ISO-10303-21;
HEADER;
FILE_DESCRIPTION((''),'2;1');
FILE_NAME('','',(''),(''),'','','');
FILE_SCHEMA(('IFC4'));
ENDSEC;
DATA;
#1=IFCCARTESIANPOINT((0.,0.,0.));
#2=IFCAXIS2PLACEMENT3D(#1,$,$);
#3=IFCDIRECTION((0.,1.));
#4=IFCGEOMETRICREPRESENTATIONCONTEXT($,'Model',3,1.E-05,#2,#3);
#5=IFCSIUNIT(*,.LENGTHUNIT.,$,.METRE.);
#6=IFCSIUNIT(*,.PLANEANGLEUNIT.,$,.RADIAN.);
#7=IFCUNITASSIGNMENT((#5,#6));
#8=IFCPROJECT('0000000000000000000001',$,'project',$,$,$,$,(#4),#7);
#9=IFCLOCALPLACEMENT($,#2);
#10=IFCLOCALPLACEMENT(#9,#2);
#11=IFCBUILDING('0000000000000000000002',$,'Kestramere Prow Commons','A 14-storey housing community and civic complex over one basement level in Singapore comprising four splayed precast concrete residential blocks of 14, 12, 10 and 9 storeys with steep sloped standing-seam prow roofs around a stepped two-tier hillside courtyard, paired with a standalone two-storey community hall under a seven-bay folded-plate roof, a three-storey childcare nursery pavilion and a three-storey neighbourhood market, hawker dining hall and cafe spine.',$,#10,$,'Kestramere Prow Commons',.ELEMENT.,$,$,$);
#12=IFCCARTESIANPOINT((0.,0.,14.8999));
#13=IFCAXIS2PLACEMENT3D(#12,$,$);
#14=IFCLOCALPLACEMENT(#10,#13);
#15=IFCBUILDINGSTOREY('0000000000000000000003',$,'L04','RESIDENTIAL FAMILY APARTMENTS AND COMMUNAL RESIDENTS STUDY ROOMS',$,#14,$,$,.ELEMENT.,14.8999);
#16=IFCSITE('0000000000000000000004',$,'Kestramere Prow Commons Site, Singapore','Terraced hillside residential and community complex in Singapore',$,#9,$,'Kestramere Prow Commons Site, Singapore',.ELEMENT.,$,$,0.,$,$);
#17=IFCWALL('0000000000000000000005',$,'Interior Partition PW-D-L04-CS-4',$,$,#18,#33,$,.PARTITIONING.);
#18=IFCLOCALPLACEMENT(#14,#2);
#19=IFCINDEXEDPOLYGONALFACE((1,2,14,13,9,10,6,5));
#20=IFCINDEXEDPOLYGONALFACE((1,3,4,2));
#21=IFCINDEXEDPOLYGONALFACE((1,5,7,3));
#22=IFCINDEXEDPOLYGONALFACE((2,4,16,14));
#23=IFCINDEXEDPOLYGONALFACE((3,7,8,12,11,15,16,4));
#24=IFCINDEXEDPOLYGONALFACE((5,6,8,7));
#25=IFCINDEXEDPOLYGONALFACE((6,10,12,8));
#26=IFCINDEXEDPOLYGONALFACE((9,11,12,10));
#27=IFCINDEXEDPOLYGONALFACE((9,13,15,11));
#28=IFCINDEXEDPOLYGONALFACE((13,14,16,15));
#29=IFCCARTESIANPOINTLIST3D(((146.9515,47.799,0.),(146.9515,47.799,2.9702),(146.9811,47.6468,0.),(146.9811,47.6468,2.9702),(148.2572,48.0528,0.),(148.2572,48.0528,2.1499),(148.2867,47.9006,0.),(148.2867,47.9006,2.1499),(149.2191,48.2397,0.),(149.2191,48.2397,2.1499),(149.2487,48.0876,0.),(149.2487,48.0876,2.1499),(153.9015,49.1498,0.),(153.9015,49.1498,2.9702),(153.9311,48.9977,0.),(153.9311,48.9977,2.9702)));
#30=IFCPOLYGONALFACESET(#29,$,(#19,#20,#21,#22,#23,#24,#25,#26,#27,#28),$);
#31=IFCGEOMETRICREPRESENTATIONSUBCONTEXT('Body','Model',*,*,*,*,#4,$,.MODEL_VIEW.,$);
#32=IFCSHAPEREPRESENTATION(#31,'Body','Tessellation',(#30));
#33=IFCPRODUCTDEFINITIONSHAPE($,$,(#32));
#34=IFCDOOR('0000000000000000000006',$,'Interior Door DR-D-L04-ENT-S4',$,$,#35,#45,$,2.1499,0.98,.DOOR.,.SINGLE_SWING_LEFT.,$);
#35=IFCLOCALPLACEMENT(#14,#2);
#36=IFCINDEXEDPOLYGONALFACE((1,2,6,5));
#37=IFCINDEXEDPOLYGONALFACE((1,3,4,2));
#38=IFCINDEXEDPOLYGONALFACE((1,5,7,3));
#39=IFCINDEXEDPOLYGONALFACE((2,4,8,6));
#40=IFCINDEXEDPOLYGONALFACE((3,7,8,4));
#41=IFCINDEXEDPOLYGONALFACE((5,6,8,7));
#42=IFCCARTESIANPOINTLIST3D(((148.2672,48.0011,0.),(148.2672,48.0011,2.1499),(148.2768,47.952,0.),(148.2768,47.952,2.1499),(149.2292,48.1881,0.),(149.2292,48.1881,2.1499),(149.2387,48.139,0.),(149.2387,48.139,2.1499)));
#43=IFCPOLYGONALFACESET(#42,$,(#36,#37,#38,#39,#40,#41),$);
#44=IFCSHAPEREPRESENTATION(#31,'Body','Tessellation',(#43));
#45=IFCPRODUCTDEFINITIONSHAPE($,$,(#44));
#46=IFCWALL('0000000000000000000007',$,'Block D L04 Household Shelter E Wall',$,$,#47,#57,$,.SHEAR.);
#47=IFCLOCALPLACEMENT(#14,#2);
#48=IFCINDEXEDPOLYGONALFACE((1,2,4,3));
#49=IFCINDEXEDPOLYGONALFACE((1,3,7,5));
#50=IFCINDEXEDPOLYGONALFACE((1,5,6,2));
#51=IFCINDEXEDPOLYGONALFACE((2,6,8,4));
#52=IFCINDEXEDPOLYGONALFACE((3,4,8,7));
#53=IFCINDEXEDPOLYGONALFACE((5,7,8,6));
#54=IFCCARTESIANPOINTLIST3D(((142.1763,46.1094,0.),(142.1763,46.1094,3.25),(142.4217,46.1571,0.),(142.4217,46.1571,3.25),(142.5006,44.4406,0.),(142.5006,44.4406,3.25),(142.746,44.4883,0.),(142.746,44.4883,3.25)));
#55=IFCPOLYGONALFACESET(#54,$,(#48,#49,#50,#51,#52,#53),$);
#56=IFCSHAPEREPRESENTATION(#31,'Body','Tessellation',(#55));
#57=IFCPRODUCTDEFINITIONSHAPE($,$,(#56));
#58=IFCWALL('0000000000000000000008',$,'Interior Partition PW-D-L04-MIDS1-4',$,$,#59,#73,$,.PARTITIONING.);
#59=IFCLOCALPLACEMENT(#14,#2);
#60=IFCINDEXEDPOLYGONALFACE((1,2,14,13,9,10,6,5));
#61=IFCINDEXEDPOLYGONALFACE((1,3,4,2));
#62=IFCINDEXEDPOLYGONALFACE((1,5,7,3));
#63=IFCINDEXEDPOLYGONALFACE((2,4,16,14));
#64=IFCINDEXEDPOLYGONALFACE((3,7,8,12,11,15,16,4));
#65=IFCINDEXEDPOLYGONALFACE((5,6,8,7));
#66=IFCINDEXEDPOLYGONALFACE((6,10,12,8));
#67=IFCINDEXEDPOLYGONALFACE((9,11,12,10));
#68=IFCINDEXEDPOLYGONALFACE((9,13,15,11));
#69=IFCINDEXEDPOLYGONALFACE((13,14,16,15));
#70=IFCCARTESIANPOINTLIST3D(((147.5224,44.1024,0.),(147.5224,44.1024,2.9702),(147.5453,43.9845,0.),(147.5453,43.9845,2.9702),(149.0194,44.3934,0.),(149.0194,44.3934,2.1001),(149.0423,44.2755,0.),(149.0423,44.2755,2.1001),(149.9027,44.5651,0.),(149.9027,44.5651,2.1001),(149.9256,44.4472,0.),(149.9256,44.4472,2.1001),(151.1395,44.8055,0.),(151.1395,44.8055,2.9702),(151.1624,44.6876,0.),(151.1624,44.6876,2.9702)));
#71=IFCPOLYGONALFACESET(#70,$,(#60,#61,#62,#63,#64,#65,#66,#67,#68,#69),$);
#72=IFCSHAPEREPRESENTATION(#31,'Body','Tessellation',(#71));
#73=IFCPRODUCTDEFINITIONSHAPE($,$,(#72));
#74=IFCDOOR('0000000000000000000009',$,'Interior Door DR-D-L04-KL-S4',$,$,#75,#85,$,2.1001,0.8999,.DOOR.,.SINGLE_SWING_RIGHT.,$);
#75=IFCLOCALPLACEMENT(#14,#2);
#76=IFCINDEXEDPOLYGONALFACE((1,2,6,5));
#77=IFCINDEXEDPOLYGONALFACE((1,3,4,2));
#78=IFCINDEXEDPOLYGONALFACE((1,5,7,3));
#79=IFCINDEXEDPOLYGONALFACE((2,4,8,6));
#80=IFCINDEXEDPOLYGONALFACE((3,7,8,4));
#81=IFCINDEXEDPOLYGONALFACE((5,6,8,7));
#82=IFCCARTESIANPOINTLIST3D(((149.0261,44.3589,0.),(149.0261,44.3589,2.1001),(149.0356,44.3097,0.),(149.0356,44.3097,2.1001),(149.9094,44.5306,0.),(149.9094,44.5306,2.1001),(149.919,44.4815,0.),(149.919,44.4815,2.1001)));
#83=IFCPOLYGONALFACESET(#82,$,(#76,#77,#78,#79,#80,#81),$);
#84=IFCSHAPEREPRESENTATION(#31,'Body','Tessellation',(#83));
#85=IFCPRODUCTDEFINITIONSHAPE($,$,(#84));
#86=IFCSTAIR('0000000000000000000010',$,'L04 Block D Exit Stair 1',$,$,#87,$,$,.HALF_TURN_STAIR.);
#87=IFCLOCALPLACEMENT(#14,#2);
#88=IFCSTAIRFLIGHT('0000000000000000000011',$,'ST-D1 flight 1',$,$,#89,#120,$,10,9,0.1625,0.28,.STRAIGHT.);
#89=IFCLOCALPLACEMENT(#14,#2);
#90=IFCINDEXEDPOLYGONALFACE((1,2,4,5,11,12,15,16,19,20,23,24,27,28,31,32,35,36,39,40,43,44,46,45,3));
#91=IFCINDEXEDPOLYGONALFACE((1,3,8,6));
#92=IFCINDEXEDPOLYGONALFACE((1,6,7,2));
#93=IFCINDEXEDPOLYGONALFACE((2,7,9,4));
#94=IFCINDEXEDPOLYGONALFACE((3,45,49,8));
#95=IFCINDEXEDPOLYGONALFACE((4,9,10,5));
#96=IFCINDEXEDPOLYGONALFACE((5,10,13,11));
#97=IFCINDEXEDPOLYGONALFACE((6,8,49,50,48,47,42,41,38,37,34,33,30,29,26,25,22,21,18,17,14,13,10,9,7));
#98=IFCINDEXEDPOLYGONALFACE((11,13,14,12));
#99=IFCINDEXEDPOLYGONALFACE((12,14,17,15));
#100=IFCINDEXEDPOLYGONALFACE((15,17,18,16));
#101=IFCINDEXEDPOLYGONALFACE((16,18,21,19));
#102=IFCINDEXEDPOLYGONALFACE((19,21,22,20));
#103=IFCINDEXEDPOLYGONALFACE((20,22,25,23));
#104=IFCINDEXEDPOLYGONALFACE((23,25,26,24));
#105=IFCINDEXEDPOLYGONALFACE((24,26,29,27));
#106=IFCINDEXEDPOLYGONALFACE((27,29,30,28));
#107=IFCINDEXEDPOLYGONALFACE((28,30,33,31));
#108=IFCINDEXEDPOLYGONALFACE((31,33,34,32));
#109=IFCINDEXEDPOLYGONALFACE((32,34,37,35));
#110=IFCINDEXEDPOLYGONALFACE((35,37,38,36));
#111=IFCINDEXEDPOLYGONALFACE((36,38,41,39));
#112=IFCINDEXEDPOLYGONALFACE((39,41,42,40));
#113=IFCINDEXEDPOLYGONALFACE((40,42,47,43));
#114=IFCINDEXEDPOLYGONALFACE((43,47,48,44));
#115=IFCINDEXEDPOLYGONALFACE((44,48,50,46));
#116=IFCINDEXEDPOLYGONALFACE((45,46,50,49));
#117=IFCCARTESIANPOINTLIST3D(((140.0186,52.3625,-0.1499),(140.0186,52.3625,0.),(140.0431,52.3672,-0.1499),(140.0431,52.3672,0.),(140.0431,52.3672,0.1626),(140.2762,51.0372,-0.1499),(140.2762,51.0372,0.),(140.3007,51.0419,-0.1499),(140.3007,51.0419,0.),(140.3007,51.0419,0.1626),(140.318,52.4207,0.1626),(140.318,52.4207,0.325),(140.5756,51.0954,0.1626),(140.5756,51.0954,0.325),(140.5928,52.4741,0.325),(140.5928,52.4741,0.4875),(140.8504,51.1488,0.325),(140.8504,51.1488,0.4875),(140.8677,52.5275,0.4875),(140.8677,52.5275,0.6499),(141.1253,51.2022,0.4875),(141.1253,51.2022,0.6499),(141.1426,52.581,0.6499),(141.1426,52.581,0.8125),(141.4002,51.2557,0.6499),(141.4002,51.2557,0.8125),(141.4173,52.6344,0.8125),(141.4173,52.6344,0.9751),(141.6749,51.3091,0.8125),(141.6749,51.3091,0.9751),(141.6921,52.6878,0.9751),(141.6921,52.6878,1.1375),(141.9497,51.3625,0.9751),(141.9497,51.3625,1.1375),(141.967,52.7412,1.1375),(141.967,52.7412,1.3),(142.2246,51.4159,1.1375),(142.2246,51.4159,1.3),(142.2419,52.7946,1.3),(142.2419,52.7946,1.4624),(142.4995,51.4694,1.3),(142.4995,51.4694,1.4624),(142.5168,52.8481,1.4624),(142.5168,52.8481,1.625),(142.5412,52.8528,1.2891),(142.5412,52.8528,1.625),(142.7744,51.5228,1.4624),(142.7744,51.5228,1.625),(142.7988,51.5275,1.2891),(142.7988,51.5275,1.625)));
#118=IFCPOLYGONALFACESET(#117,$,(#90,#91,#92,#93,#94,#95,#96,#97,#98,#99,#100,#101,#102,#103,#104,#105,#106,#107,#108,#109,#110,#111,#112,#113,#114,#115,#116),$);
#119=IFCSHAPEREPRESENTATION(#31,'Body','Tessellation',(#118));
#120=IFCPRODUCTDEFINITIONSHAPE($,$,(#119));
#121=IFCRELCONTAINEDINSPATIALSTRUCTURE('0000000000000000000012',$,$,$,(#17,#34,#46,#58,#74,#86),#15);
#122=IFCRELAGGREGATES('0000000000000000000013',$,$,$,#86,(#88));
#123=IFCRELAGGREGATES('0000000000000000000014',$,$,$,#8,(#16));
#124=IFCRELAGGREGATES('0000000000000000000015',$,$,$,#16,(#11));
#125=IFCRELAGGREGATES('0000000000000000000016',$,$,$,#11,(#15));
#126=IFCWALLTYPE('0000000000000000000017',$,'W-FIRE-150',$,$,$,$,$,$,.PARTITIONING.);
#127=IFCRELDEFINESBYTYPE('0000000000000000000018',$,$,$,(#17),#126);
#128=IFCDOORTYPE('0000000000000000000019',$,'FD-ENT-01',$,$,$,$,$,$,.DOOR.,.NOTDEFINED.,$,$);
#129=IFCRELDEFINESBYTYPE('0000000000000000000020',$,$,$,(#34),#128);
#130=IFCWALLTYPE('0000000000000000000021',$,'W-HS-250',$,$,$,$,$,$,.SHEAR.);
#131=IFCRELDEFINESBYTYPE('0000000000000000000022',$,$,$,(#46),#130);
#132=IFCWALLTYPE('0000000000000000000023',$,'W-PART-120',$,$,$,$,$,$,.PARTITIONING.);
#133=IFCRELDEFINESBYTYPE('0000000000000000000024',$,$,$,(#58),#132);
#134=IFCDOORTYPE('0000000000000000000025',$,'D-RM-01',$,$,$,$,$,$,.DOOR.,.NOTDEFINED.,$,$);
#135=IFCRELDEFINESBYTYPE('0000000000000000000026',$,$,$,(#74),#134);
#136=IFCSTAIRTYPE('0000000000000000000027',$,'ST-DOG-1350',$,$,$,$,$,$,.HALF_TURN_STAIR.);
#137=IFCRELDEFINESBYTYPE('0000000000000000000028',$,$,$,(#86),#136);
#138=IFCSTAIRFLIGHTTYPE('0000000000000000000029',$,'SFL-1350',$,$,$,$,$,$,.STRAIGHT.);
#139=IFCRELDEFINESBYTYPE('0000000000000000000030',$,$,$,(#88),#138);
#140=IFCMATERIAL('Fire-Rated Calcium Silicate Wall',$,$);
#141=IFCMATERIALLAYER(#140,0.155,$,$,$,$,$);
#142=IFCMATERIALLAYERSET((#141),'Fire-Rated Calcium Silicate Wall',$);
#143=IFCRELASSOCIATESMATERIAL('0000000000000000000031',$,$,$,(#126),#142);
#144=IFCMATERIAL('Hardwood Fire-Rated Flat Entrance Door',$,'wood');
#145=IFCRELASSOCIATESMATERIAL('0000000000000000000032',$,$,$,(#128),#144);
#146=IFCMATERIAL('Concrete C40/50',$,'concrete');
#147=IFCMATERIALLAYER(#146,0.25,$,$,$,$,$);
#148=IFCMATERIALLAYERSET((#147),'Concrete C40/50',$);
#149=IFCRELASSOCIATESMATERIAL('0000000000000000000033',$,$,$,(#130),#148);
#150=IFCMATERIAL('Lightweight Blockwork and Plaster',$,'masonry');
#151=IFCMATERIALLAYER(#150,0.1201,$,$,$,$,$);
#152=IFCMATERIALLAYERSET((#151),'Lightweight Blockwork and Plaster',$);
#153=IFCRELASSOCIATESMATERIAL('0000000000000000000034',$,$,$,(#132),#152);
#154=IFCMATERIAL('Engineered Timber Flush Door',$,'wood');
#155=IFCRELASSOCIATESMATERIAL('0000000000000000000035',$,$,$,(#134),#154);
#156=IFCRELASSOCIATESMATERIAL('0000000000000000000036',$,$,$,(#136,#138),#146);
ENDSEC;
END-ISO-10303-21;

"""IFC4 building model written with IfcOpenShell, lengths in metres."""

from ifc_helpers import new_model, si_unit, direction, frame, frame_2d, origin, place, context, subcontext, project, spatial, polyline, rectangle, outline, extrude, material, layer, layer_set, type_object, element, fill, aggregate, save


model = new_model("IFC4")

# Units and contexts
model_context = context("Model", 3, precision=1e-05, world=origin(), true_north=direction((0.0, 1.0)))
body_context = subcontext(model_context, "Body", "Model", "MODEL_VIEW")
ifc_project = project(units=[si_unit("LENGTHUNIT", "METRE"), si_unit("PLANEANGLEUNIT", "RADIAN")], contexts=[model_context])

# Site, building, storey
site_placement = place(None, origin())
site = spatial("IfcSite", under=ifc_project, at=site_placement, Name="Kestramere Prow Commons Site, Singapore", Description="Terraced hillside residential and community complex in Singapore", LongName="Kestramere Prow Commons Site, Singapore", CompositionType="ELEMENT", RefElevation=0.0)
building_placement = place(site_placement, origin())
building = spatial("IfcBuilding", under=site, at=building_placement, Name="Kestramere Prow Commons", Description="A 14-storey housing community and civic complex over one basement level in Singapore comprising four splayed precast concrete residential blocks of 14, 12, 10 and 9 storeys with steep sloped standing-seam prow roofs around a stepped two-tier hillside courtyard, paired with a standalone two-storey community hall under a seven-bay folded-plate roof, a three-storey childcare nursery pavilion and a three-storey neighbourhood market, hawker dining hall and cafe spine.", LongName="Kestramere Prow Commons", CompositionType="ELEMENT")
storey_placement = place(building_placement, frame((0.0, 0.0, 14.8999)))
storey = spatial("IfcBuildingStorey", under=building, at=storey_placement, Name="L04", Description="RESIDENTIAL FAMILY APARTMENTS AND COMMUNAL RESIDENTS STUDY ROOMS", CompositionType="ELEMENT", Elevation=14.8999)

# Shared definitions
ifc_material_1 = material(Name="Concrete C40/50", Category="concrete")

# Shared definitions
ifc_material_2 = material(Name="Fire-Rated Calcium Silicate Wall")
ifc_layer_1 = layer(ifc_material_2, 0.155)
ifc_layer_set_1 = layer_set([ifc_layer_1], Name="Fire-Rated Calcium Silicate Wall")
wall_type_1 = type_object("IfcWallType", Name="W-FIRE-150", PredefinedType="PARTITIONING", material=ifc_layer_set_1)

# Wall, opening, door
ifc_material_3 = material(Name="Hardwood Fire-Rated Flat Entrance Door", Category="wood")
wall_1_placement = place(storey_placement, frame((146.9663, 47.7229, 0.0), z_axis=(0.0, 0.0, 1.0), x_axis=(0.98163, 0.190795, 0.0)))
wall_1 = element("IfcWall", 1, at=wall_1_placement, inside=storey, type_object=wall_type_1, Name="Interior Partition PW-D-L04-CS-4", PredefinedType="PARTITIONING", context=body_context, shape_type="SweptSolid", body=[
    extrude(rectangle(XDim=7.0801, YDim=0.155, at=frame_2d((3.54, 0.0))), origin(), (0.0, 0.0, 1.0), 2.9702),
])
opening_1_placement = place(wall_1_placement, frame((1.3301, 0.0, 0.0)))
opening_1 = element("IfcOpeningElement", 2, at=opening_1_placement, cuts=wall_1, PredefinedType="OPENING", context=body_context, shape_type="SweptSolid", body=[
    extrude(rectangle(XDim=0.98, YDim=2.1499, at=frame_2d((0.49, 1.075))), frame((0.0, 0.0925, 0.0), z_axis=(0.0, -1.0, 0.0), x_axis=(1.0, 0.0, 0.0)), (0.0, 0.0, 1.0), 0.1851),
])
door_type_1 = type_object("IfcDoorType", Name="FD-ENT-01", OperationType="NOTDEFINED", PredefinedType="DOOR", material=ifc_material_3)
door_1_placement = place(opening_1_placement, origin())
door_1 = element("IfcDoor", 3, at=door_1_placement, inside=storey, type_object=door_type_1, Name="Interior Door DR-D-L04-ENT-S4", OperationType="SINGLE_SWING_LEFT", OverallHeight=2.1499, OverallWidth=0.98, PredefinedType="DOOR", context=body_context, shape_type="SweptSolid", body=[
    extrude(rectangle(XDim=0.98, YDim=2.1499, at=frame_2d((0.49, 1.075))), frame((0.0, 0.0249, 0.0), z_axis=(0.0, -1.0, 0.0), x_axis=(1.0, 0.0, 0.0)), (0.0, 0.0, 1.0), 0.05),
])
fill(opening_1, door_1)

# Wall
ifc_layer_2 = layer(ifc_material_1, 0.25)
ifc_layer_set_2 = layer_set([ifc_layer_2], Name="Concrete C40/50")
wall_type_2 = type_object("IfcWallType", Name="W-HS-250", PredefinedType="SHEAR", material=ifc_layer_set_2)
wall_2_placement = place(storey_placement, frame((142.6233, 44.4644, 0.0), z_axis=(0.0, 0.0, 1.0), x_axis=(-0.190727, 0.981643, 0.0)))
element("IfcWall", 4, at=wall_2_placement, inside=storey, type_object=wall_type_2, Name="Block D L04 Household Shelter E Wall", PredefinedType="SHEAR", context=body_context, shape_type="SweptSolid", body=[
    extrude(rectangle(XDim=1.7, YDim=0.25, at=frame_2d((0.8501, 0.0))), origin(), (0.0, 0.0, 1.0), 3.25),
])

# Wall, opening, door
ifc_material_4 = material(Name="Lightweight Blockwork and Plaster", Category="masonry")
ifc_layer_3 = layer(ifc_material_4, 0.1201)
ifc_layer_set_3 = layer_set([ifc_layer_3], Name="Lightweight Blockwork and Plaster")
wall_type_3 = type_object("IfcWallType", Name="W-PART-120", PredefinedType="PARTITIONING", material=ifc_layer_set_3)
wall_3_placement = place(storey_placement, frame((147.5339, 44.0435, 0.0), z_axis=(0.0, 0.0, 1.0), x_axis=(0.981626, 0.190813, 0.0)))
wall_3 = element("IfcWall", 5, at=wall_3_placement, inside=storey, type_object=wall_type_3, Name="Interior Partition PW-D-L04-MIDS1-4", PredefinedType="PARTITIONING", context=body_context, shape_type="SweptSolid", body=[
    extrude(rectangle(XDim=3.6848, YDim=0.1201, at=frame_2d((1.8423, 0.0))), origin(), (0.0, 0.0, 1.0), 2.9702),
])
opening_2_placement = place(wall_3_placement, frame((1.5249, 0.0, 0.0)))
opening_2 = element("IfcOpeningElement", 6, at=opening_2_placement, cuts=wall_3, PredefinedType="OPENING", context=body_context, shape_type="SweptSolid", body=[
    extrude(rectangle(XDim=0.8999, YDim=2.1001, at=frame_2d((0.45, 1.05))), frame((0.0, 0.075, 0.0), z_axis=(0.0, -1.0, 0.0), x_axis=(1.0, 0.0, 0.0)), (0.0, 0.0, 1.0), 0.1501),
])
ifc_material_5 = material(Name="Engineered Timber Flush Door", Category="wood")
door_type_2 = type_object("IfcDoorType", Name="D-RM-01", OperationType="NOTDEFINED", PredefinedType="DOOR", material=ifc_material_5)
door_2_placement = place(opening_2_placement, origin())
door_2 = element("IfcDoor", 7, at=door_2_placement, inside=storey, type_object=door_type_2, Name="Interior Door DR-D-L04-KL-S4", OperationType="SINGLE_SWING_RIGHT", OverallHeight=2.1001, OverallWidth=0.8999, PredefinedType="DOOR", context=body_context, shape_type="SweptSolid", body=[
    extrude(rectangle(XDim=0.8999, YDim=2.1001, at=frame_2d((0.45, 1.05))), frame((0.0, 0.0249, 0.0), z_axis=(0.0, -1.0, 0.0), x_axis=(1.0, 0.0, 0.0)), (0.0, 0.0, 1.0), 0.05),
])
fill(opening_2, door_2)

# Stair, stair flight
stair_type = type_object("IfcStairType", Name="ST-DOG-1350", PredefinedType="HALF_TURN_STAIR", material=ifc_material_1)
stair_placement = place(storey_placement, origin())
stair = element("IfcStair", 8, at=stair_placement, inside=storey, type_object=stair_type, Name="L04 Block D Exit Stair 1", PredefinedType="HALF_TURN_STAIR")
stair_flight_type = type_object("IfcStairFlightType", Name="SFL-1350", PredefinedType="STRAIGHT", material=ifc_material_1)
stair_flight_placement = place(storey_placement, frame((140.1719, 51.7046, 0.0), z_axis=(0.0, 0.0, 1.0), x_axis=(0.981627, 0.190809, 0.0)))
stair_flight = element("IfcStairFlight", 9, at=stair_flight_placement, type_object=stair_flight_type, Name="ST-D1 flight 1", NumberOfRisers=10, NumberOfTreads=9, PredefinedType="STRAIGHT", RiserHeight=0.1625, TreadLength=0.28, context=body_context, shape_type="SweptSolid", body=[
    extrude(outline(polyline([(-0.0249, 0.0), (0.0, 0.0), (0.0, 0.1626), (0.28, 0.1626), (0.28, 0.325), (0.5601, 0.325), (0.5601, 0.4875), (0.8401, 0.4875), (0.8401, 0.6499), (1.1201, 0.6499), (1.1201, 0.8125), (1.3999, 0.8125), (1.3999, 0.9751), (1.6799, 0.9751), (1.6799, 1.1375), (1.96, 1.1375), (1.96, 1.3), (2.24, 1.3), (2.24, 1.4624), (2.52, 1.4624), (2.52, 1.625), (2.5449, 1.625), (2.5449, 1.2891), (0.0, -0.1499), (-0.0249, -0.1499), (-0.0249, 0.0)])), frame((0.0, 0.675, 0.0), z_axis=(0.0, -1.0, 0.0), x_axis=(1.0, 0.0, 0.0)), (0.0, 0.0, 1.0), 1.3501),
])
aggregate(stair, [stair_flight])

save(model, "model.ifc")
